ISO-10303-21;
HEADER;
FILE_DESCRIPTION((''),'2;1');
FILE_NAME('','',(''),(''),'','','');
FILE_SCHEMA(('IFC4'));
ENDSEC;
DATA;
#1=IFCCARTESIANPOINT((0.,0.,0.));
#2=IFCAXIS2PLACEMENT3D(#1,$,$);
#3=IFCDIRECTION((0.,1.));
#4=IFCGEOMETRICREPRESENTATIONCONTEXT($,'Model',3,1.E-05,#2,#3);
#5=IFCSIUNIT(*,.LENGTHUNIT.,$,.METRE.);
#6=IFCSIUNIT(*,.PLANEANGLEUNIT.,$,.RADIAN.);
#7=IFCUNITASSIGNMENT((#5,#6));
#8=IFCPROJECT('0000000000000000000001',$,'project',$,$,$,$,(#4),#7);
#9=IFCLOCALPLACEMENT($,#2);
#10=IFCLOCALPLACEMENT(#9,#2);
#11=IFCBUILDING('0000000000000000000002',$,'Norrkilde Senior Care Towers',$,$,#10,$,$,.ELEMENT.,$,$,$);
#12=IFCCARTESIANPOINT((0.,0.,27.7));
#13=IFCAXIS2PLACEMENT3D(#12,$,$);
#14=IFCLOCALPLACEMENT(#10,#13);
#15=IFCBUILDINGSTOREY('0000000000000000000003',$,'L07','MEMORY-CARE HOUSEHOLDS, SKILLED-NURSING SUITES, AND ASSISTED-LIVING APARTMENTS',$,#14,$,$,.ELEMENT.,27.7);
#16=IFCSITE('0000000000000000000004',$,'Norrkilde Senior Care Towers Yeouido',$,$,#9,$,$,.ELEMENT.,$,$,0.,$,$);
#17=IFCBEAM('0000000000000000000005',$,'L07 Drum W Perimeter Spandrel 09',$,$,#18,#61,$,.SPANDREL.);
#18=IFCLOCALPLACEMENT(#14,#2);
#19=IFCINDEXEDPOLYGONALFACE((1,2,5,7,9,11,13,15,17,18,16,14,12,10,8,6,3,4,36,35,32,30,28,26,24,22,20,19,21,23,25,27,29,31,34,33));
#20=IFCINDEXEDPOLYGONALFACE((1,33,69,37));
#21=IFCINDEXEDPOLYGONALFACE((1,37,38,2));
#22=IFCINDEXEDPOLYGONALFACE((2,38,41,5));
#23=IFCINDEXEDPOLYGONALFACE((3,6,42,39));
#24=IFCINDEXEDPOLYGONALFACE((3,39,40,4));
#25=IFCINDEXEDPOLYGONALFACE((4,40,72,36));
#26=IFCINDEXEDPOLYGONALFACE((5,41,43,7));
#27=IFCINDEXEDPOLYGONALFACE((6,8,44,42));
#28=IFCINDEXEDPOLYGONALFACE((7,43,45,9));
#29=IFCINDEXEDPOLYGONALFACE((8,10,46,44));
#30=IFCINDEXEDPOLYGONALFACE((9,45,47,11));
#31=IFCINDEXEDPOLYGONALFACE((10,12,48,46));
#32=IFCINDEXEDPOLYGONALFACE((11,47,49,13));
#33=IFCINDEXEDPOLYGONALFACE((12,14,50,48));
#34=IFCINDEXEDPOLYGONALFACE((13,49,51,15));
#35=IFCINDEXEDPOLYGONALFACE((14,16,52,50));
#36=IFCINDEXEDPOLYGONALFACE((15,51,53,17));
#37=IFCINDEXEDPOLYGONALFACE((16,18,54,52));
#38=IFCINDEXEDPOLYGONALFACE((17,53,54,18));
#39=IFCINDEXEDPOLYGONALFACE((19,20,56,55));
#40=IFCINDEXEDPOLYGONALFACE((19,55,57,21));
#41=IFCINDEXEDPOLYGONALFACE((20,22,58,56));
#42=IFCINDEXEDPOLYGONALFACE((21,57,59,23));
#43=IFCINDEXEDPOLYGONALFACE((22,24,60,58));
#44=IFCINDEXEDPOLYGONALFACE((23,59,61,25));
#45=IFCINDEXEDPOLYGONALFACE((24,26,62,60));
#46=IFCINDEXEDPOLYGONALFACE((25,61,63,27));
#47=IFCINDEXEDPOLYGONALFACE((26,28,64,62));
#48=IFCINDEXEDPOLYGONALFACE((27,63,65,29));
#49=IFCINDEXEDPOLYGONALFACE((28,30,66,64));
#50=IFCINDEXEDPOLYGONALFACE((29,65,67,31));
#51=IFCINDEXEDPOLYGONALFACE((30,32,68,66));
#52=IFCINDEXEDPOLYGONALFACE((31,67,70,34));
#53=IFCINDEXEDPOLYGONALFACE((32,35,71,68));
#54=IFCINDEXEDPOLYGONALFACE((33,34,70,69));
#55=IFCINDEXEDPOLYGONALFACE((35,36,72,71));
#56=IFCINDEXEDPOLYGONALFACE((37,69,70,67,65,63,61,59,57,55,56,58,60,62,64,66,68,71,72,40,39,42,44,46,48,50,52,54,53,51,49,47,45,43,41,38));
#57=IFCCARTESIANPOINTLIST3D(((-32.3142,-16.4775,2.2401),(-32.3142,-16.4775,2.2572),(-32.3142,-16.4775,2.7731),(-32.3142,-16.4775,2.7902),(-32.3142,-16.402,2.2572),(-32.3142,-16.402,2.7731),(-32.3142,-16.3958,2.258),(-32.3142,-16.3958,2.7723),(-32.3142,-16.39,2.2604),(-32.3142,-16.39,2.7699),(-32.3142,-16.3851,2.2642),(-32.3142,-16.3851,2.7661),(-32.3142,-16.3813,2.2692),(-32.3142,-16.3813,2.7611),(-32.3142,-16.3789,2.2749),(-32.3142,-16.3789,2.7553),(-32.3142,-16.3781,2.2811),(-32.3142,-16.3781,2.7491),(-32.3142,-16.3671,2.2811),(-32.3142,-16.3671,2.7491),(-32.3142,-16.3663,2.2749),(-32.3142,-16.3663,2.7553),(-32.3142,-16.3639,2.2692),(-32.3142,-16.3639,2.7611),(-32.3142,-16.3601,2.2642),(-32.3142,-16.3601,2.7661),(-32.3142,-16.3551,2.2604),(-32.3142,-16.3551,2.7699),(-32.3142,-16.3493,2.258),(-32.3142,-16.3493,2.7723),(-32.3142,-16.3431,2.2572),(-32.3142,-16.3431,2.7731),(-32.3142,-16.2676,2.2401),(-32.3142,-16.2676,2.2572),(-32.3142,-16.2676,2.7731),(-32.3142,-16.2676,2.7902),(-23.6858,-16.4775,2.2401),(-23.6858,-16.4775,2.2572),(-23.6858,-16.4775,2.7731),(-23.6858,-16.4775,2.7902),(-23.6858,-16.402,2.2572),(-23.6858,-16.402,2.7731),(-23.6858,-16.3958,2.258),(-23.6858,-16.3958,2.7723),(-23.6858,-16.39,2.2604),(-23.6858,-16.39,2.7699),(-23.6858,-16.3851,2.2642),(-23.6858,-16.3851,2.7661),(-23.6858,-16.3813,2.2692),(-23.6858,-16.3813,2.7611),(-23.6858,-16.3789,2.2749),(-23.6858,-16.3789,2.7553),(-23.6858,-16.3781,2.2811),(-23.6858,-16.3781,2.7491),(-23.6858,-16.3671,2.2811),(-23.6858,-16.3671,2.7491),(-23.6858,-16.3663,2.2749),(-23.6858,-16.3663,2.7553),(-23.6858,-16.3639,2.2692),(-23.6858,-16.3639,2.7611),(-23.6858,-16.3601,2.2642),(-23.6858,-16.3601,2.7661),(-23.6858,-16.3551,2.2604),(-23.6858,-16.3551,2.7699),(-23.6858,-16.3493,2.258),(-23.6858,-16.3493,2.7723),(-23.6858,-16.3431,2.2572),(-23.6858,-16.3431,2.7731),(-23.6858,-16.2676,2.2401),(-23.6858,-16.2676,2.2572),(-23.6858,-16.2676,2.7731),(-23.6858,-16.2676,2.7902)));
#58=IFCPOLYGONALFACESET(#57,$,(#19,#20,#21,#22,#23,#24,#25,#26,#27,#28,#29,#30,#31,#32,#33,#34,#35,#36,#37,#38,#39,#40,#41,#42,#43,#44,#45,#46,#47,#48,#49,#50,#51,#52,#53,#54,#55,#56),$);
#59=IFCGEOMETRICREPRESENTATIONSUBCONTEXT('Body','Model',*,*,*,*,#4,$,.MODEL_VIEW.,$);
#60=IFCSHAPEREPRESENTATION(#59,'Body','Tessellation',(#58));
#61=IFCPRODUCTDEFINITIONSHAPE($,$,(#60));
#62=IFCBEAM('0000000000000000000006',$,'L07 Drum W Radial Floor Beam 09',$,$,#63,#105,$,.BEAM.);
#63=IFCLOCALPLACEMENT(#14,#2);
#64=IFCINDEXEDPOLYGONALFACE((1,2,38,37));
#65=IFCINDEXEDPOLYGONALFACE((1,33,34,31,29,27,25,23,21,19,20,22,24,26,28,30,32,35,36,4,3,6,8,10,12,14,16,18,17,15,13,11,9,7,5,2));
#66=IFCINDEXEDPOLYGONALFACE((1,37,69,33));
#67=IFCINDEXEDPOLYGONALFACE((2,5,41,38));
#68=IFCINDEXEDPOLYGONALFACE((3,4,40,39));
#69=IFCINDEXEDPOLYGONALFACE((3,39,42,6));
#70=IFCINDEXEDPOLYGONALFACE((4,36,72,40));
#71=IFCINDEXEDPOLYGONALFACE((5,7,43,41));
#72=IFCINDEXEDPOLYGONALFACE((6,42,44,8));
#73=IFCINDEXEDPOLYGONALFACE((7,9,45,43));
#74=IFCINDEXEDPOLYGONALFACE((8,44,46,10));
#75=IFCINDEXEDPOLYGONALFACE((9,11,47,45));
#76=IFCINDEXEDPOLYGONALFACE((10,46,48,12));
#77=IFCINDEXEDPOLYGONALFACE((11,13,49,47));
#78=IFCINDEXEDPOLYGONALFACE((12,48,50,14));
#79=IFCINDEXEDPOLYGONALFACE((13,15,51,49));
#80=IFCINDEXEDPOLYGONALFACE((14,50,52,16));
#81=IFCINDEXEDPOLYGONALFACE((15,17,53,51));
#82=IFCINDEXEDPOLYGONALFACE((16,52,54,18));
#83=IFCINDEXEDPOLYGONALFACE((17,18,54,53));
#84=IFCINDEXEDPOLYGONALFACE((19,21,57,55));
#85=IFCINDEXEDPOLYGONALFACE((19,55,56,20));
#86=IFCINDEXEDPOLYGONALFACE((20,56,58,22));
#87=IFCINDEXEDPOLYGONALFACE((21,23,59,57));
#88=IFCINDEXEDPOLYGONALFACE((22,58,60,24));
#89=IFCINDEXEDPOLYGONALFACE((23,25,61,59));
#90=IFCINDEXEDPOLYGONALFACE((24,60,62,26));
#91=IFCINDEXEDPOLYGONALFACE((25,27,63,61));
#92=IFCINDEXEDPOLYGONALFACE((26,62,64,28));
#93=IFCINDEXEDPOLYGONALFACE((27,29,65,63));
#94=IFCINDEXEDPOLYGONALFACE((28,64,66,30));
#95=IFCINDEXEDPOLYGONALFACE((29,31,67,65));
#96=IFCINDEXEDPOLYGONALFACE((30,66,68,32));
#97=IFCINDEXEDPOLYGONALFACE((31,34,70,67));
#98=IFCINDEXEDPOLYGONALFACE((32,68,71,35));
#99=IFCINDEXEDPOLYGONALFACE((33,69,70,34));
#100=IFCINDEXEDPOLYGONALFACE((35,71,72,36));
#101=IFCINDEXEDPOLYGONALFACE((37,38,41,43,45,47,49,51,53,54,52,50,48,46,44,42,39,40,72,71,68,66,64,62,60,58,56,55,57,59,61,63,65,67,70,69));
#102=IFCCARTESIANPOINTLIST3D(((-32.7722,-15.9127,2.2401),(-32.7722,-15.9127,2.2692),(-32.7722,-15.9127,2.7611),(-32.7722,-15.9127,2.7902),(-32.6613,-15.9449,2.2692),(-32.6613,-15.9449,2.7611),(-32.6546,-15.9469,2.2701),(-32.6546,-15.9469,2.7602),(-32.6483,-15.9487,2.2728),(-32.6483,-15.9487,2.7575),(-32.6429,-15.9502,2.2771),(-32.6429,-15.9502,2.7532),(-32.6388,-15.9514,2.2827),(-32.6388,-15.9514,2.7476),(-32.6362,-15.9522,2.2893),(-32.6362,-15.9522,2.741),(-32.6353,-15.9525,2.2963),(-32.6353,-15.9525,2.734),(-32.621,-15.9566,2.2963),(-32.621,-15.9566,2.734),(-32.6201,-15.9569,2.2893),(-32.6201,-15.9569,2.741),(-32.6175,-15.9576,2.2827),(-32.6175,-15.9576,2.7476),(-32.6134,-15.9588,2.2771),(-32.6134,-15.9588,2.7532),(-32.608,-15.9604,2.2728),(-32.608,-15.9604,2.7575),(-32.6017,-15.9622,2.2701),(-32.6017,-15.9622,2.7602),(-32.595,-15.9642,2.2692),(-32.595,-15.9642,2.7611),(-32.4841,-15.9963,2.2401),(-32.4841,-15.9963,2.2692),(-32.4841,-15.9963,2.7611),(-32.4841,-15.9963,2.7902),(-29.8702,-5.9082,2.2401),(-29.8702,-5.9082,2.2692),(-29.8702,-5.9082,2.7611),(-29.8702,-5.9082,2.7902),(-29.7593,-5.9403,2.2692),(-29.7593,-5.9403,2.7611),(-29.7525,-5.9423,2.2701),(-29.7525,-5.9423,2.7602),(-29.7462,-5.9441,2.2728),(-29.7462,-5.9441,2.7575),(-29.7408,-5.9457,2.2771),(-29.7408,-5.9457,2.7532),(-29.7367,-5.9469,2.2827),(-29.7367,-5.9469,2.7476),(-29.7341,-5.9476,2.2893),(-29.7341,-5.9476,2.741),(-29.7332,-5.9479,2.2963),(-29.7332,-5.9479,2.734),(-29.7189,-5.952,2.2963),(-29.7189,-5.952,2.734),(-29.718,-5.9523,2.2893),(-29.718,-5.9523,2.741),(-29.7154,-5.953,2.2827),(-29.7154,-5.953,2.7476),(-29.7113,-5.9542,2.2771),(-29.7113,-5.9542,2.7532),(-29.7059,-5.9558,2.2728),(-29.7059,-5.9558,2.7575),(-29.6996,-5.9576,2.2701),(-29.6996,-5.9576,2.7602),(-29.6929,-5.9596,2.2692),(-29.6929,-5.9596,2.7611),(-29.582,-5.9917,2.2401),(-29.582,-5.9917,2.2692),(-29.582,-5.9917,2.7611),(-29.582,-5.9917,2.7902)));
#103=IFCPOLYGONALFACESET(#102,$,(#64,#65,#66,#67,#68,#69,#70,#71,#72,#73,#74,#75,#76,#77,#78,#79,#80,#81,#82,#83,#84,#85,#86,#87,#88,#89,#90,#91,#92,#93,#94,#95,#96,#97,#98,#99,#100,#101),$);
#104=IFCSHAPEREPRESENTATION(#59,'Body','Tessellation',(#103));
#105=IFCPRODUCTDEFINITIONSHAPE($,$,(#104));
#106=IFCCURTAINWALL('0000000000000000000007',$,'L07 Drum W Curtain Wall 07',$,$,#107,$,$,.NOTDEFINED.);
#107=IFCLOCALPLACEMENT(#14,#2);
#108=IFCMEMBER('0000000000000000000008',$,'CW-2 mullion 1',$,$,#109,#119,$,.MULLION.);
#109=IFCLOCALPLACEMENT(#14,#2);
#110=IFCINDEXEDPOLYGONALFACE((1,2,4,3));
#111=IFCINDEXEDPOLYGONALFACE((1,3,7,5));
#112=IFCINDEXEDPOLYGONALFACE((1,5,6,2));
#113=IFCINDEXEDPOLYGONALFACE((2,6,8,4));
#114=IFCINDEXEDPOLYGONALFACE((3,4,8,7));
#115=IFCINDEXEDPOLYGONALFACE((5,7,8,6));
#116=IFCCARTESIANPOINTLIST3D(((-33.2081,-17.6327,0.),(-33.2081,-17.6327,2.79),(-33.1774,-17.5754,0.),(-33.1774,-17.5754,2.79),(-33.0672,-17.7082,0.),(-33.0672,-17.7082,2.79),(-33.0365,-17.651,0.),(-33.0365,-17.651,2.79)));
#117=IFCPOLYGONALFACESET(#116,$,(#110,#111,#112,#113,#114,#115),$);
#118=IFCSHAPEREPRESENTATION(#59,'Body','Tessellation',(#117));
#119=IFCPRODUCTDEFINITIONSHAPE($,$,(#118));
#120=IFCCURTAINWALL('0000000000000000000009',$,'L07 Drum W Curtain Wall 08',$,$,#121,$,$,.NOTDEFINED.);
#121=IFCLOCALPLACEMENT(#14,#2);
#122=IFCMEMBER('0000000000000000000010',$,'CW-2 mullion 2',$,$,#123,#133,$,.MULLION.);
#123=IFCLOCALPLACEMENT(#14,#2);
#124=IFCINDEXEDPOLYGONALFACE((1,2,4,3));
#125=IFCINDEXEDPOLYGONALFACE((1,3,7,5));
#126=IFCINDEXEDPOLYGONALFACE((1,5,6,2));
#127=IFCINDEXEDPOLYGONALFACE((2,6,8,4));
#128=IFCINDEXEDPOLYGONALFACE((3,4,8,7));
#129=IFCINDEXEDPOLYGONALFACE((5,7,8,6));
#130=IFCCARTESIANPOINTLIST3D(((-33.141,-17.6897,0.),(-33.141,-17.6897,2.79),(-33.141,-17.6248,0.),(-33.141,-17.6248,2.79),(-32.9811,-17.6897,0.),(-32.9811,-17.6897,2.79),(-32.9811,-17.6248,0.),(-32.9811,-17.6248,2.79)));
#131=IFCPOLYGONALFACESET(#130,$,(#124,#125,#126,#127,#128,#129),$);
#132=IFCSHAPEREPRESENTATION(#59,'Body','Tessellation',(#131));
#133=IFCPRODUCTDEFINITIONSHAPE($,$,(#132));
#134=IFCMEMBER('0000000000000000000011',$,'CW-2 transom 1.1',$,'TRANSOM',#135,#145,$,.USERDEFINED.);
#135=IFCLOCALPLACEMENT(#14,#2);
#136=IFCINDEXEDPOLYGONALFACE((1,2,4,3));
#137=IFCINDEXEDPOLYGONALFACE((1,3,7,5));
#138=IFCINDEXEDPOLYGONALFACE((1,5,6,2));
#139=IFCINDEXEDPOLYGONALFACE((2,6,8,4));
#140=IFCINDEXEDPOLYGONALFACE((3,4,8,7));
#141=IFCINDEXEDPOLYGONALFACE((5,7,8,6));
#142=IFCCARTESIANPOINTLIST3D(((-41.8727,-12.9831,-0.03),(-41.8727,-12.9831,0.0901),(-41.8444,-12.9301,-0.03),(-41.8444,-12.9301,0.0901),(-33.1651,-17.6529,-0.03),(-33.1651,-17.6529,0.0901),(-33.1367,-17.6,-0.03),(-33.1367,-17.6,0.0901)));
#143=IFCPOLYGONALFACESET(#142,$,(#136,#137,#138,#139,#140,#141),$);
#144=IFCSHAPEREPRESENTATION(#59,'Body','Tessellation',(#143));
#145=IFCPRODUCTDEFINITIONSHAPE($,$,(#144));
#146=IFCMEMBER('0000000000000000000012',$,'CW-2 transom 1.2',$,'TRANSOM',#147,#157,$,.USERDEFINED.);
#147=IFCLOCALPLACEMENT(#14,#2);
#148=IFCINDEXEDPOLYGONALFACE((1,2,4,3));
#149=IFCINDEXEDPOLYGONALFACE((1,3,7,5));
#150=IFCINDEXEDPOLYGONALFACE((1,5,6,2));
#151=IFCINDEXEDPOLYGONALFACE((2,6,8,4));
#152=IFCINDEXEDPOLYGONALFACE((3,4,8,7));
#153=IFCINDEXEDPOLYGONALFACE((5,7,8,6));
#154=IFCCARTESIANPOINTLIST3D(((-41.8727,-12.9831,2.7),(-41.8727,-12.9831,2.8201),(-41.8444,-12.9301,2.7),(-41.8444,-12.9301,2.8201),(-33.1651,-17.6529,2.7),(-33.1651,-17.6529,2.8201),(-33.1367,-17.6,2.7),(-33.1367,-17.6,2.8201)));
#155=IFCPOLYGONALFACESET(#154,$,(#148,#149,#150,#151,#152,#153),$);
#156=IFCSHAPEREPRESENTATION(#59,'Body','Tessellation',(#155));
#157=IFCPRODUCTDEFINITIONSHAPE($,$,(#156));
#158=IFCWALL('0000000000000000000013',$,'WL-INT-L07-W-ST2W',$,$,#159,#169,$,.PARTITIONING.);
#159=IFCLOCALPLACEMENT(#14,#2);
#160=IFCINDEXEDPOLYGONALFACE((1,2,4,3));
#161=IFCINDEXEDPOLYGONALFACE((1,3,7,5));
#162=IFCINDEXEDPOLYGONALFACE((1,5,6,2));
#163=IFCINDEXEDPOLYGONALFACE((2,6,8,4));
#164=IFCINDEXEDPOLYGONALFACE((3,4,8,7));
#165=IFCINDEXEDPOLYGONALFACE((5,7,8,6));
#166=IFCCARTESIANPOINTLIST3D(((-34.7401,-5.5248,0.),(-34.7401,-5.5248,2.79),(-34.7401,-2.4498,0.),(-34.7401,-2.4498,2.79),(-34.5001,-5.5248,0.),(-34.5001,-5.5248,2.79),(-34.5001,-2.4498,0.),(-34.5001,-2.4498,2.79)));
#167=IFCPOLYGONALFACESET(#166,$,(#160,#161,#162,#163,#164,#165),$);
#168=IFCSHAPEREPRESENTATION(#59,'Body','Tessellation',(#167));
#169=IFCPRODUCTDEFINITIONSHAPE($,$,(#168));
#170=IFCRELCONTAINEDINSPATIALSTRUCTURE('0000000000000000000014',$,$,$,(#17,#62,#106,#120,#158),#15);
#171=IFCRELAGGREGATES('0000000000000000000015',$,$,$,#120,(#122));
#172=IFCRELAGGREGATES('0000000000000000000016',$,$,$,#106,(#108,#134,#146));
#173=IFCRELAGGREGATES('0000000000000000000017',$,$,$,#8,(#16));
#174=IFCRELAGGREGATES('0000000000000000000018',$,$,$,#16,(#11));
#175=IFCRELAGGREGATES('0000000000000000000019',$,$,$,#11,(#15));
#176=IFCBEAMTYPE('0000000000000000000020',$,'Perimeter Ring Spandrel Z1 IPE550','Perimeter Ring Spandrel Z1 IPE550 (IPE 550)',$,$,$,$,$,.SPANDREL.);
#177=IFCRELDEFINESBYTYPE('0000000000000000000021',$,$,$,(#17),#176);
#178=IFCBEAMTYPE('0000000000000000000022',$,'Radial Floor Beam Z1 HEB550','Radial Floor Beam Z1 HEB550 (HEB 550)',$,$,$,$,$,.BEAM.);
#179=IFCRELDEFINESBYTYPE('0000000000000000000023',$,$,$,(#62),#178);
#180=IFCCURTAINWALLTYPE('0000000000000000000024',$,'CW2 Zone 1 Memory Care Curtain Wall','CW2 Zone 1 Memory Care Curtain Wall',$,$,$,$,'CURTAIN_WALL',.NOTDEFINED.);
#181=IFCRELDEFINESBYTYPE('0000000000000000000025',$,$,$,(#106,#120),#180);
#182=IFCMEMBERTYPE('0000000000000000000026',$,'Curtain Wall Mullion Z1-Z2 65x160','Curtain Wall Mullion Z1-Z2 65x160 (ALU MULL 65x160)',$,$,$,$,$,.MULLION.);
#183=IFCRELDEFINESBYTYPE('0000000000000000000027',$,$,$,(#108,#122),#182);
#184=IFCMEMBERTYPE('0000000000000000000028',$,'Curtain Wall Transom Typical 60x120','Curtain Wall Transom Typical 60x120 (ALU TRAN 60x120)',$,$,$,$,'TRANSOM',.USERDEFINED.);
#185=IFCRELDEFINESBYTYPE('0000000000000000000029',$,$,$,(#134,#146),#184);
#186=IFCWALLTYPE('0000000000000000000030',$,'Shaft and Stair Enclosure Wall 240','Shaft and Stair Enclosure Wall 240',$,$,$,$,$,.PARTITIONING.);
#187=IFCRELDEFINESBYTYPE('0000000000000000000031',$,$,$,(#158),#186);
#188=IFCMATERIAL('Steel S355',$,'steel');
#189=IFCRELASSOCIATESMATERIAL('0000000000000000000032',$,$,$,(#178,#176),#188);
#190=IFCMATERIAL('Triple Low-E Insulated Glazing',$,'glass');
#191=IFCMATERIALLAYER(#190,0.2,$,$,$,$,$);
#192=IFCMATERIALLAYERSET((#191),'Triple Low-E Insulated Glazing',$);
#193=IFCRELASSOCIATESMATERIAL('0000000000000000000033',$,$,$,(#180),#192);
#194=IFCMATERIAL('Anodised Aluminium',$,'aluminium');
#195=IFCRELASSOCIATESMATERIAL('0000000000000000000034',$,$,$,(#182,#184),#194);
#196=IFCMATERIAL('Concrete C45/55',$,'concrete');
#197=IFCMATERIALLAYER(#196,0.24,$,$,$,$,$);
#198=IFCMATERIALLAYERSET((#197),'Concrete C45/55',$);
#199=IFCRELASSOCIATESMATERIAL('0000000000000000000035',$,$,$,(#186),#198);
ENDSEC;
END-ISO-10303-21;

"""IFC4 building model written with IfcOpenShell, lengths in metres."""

from ifc_helpers import new_model, si_unit, direction, frame, frame_2d, origin, origin_2d, place, context, subcontext, project, spatial, rectangle, i_section, extrude, source, transform, mapped, material, layer, layer_set, material_profile, profile_set, type_object, type_shapes, element, aggregate, save


model = new_model("IFC4")

# Units and contexts
model_context = context("Model", 3, precision=1e-05, world=origin(), true_north=direction((0.0, 1.0)))
body_context = subcontext(model_context, "Body", "Model", "MODEL_VIEW")
ifc_project = project(units=[si_unit("LENGTHUNIT", "METRE"), si_unit("PLANEANGLEUNIT", "RADIAN")], contexts=[model_context])

# Site, building, storey
site_placement = place(None, origin())
site = spatial("IfcSite", under=ifc_project, at=site_placement, Name="Norrkilde Senior Care Towers Yeouido", CompositionType="ELEMENT", RefElevation=0.0)
building_placement = place(site_placement, origin())
building = spatial("IfcBuilding", under=site, at=building_placement, Name="Norrkilde Senior Care Towers", CompositionType="ELEMENT")
storey_placement = place(building_placement, frame((0.0, 0.0, 27.7)))
storey = spatial("IfcBuildingStorey", under=building, at=storey_placement, Name="L07", Description="MEMORY-CARE HOUSEHOLDS, SKILLED-NURSING SUITES, AND ASSISTED-LIVING APARTMENTS", CompositionType="ELEMENT", Elevation=27.7)

# Beams
ifc_material_1 = material(Name="Steel S355", Category="steel")
ifc_material_profile_1 = material_profile(ifc_material_1, i_section(OverallWidth=0.3, OverallDepth=0.55, WebThickness=0.0149, FlangeThickness=0.0291, FilletRadius=0.0271, at=origin_2d()), Name="HEB 550")
ifc_profile_set_1 = profile_set([ifc_material_profile_1], Name="Steel S355")
beam_type_1 = type_object("IfcBeamType", Name="Radial Floor Beam Z1 HEB550", Description="Radial Floor Beam Z1 HEB550 (HEB 550)", PredefinedType="BEAM", material=ifc_profile_set_1)
ifc_material_profile_2 = material_profile(ifc_material_1, i_section(OverallWidth=0.21, OverallDepth=0.55, WebThickness=0.011, FlangeThickness=0.0171, FilletRadius=0.0239, at=origin_2d()), Name="IPE 550")
ifc_profile_set_2 = profile_set([ifc_material_profile_2], Name="Steel S355")
beam_type_2 = type_object("IfcBeamType", Name="Perimeter Ring Spandrel Z1 IPE550", Description="Perimeter Ring Spandrel Z1 IPE550 (IPE 550)", PredefinedType="SPANDREL", material=ifc_profile_set_2)
shared_shape_1 = source(origin(), body_context, "Body", "SweptSolid", [
    extrude(i_section(OverallWidth=0.21, OverallDepth=0.55, WebThickness=0.011, FlangeThickness=0.0171, FilletRadius=0.0239, at=origin_2d()), origin(), (0.0, 0.0, 1.0), 8.6284),
])
type_shapes(beam_type_2, [shared_shape_1])
beam_1_placement = place(storey_placement, frame((-32.3142, -16.3726, 2.5151), z_axis=(1.0, 0.0, 0.0), x_axis=(0.0, 1.0, 0.0)))
element("IfcBeam", 1, at=beam_1_placement, inside=storey, type_object=beam_type_2, Name="L07 Drum W Perimeter Spandrel 09", PredefinedType="SPANDREL", context=body_context, shape_type="MappedRepresentation", body=[
    mapped(shared_shape_1, transform((0.0, 0.0, 0.0), x_axis=(1.0, 0.0, 0.0), y_axis=(0.0, 1.0, 0.0), z_axis=(0.0, 0.0, 1.0), scale=1.0)),
])
shared_shape_2 = source(origin(), body_context, "Body", "SweptSolid", [
    extrude(i_section(OverallWidth=0.3, OverallDepth=0.55, WebThickness=0.0149, FlangeThickness=0.0291, FilletRadius=0.0271, at=origin_2d()), origin(), (0.0, 0.0, 1.0), 10.417),
])
beam_2_placement = place(storey_placement, frame((-29.7261, -5.95, 2.5151), z_axis=(-0.278591, -0.96041, 0.0), x_axis=(0.96041, -0.278591, 0.0)))
element("IfcBeam", 2, at=beam_2_placement, inside=storey, type_object=beam_type_1, Name="L07 Drum W Radial Floor Beam 09", PredefinedType="BEAM", context=body_context, shape_type="MappedRepresentation", body=[
    mapped(shared_shape_2, transform((0.0, 0.0, 0.0), x_axis=(1.0, 0.0, 0.0), y_axis=(0.0, 1.0, 0.0), z_axis=(0.0, 0.0, 1.0), scale=1.0)),
])

# Curtain walls, members
ifc_material_2 = material(Name="Triple Low-E Insulated Glazing", Category="glass")
ifc_layer_1 = layer(ifc_material_2, 0.2)
ifc_layer_set_1 = layer_set([ifc_layer_1], Name="Triple Low-E Insulated Glazing")
curtain_wall_type = type_object("IfcCurtainWallType", Name="CW2 Zone 1 Memory Care Curtain Wall", Description="CW2 Zone 1 Memory Care Curtain Wall", ElementType="CURTAIN_WALL", PredefinedType="NOTDEFINED", material=ifc_layer_set_1)
curtain_wall_1_placement = place(storey_placement, origin())
curtain_wall_1 = element("IfcCurtainWall", 3, at=curtain_wall_1_placement, inside=storey, type_object=curtain_wall_type, Name="L07 Drum W Curtain Wall 07", PredefinedType="NOTDEFINED")
ifc_material_3 = material(Name="Anodised Aluminium", Category="aluminium")
ifc_material_profile_3 = material_profile(ifc_material_3, rectangle(XDim=0.0649, YDim=0.1599, at=origin_2d()), Name="ALU MULL 65x160")
ifc_profile_set_3 = profile_set([ifc_material_profile_3], Name="Anodised Aluminium")
member_type_1 = type_object("IfcMemberType", Name="Curtain Wall Mullion Z1-Z2 65x160", Description="Curtain Wall Mullion Z1-Z2 65x160 (ALU MULL 65x160)", PredefinedType="MULLION", material=ifc_profile_set_3)
shared_shape_3 = source(origin(), body_context, "Body", "SweptSolid", [
    extrude(rectangle(XDim=0.0649, YDim=0.1599, at=origin_2d()), origin(), (0.0, 0.0, 1.0), 2.79),
])
type_shapes(member_type_1, [shared_shape_3])
member_1_placement = place(storey_placement, frame((-33.1223, -17.6418, 0.0), z_axis=(0.0, 0.0, 1.0), x_axis=(-0.472608, -0.881273, 0.0)))
member_1 = element("IfcMember", 4, at=member_1_placement, type_object=member_type_1, Name="CW-2 mullion 1", PredefinedType="MULLION", context=body_context, shape_type="MappedRepresentation", body=[
    mapped(shared_shape_3, transform((0.0, 0.0, 0.0), x_axis=(1.0, 0.0, 0.0), y_axis=(0.0, 1.0, 0.0), z_axis=(0.0, 0.0, 1.0), scale=1.0)),
])
curtain_wall_2_placement = place(storey_placement, origin())
curtain_wall_2 = element("IfcCurtainWall", 5, at=curtain_wall_2_placement, inside=storey, type_object=curtain_wall_type, Name="L07 Drum W Curtain Wall 08", PredefinedType="NOTDEFINED")
member_2_placement = place(storey_placement, frame((-33.061, -17.6572, 0.0), z_axis=(0.0, 0.0, 1.0), x_axis=(0.0, -1.0, 0.0)))
member_2 = element("IfcMember", 6, at=member_2_placement, type_object=member_type_1, Name="CW-2 mullion 2", PredefinedType="MULLION", context=body_context, shape_type="MappedRepresentation", body=[
    mapped(shared_shape_3, transform((0.0, 0.0, 0.0), x_axis=(1.0, 0.0, 0.0), y_axis=(0.0, 1.0, 0.0), z_axis=(0.0, 0.0, 1.0), scale=1.0)),
])
aggregate(curtain_wall_2, [member_2])

# Members
ifc_material_profile_4 = material_profile(ifc_material_3, rectangle(XDim=0.0601, YDim=0.1201, at=origin_2d()), Name="ALU TRAN 60x120")
ifc_profile_set_4 = profile_set([ifc_material_profile_4], Name="Anodised Aluminium")
member_type_2 = type_object("IfcMemberType", Name="Curtain Wall Transom Typical 60x120", Description="Curtain Wall Transom Typical 60x120 (ALU TRAN 60x120)", ElementType="TRANSOM", PredefinedType="USERDEFINED", material=ifc_profile_set_4)
shared_shape_4 = source(origin(), body_context, "Body", "SweptSolid", [
    extrude(rectangle(XDim=0.0601, YDim=0.1201, at=origin_2d()), origin(), (0.0, 0.0, 1.0), 9.8809),
])
type_shapes(member_type_2, [shared_shape_4])
member_3_placement = place(storey_placement, frame((-33.1509, -17.6265, 0.03), z_axis=(-0.881267, 0.472618, 0.0), x_axis=(-0.472618, -0.881267, 0.0)))
member_3 = element("IfcMember", 7, at=member_3_placement, type_object=member_type_2, Name="CW-2 transom 1.1", ObjectType="TRANSOM", PredefinedType="USERDEFINED", context=body_context, shape_type="MappedRepresentation", body=[
    mapped(shared_shape_4, transform((0.0, 0.0, 0.0), x_axis=(1.0, 0.0, 0.0), y_axis=(0.0, 1.0, 0.0), z_axis=(0.0, 0.0, 1.0), scale=1.0)),
])
member_4_placement = place(storey_placement, frame((-33.1509, -17.6265, 2.76), z_axis=(-0.881267, 0.472618, 0.0), x_axis=(-0.472618, -0.881267, 0.0)))
member_4 = element("IfcMember", 8, at=member_4_placement, type_object=member_type_2, Name="CW-2 transom 1.2", ObjectType="TRANSOM", PredefinedType="USERDEFINED", context=body_context, shape_type="MappedRepresentation", body=[
    mapped(shared_shape_4, transform((0.0, 0.0, 0.0), x_axis=(1.0, 0.0, 0.0), y_axis=(0.0, 1.0, 0.0), z_axis=(0.0, 0.0, 1.0), scale=1.0)),
])
aggregate(curtain_wall_1, [member_1, member_3, member_4])

# Shared definitions
ifc_material_4 = material(Name="Concrete C45/55", Category="concrete")
ifc_layer_2 = layer(ifc_material_4, 0.24)
ifc_layer_set_2 = layer_set([ifc_layer_2], Name="Concrete C45/55")
wall_type_1 = type_object("IfcWallType", Name="Shaft and Stair Enclosure Wall 240", Description="Shaft and Stair Enclosure Wall 240", PredefinedType="PARTITIONING", material=ifc_layer_set_2)

# Wall
shared_shape_5 = source(origin(), body_context, "Body", "SweptSolid", [
    extrude(rectangle(XDim=3.075, YDim=0.24, at=frame_2d((1.5376, 0.0))), origin(), (0.0, 0.0, 1.0), 2.79),
])
wall_1_placement = place(storey_placement, frame((-34.6201, -5.5249, 0.0), z_axis=(0.0, 0.0, 1.0), x_axis=(0.0, 1.0, 0.0)))
element("IfcWall", 9, at=wall_1_placement, inside=storey, type_object=wall_type_1, Name="WL-INT-L07-W-ST2W", PredefinedType="PARTITIONING", context=body_context, shape_type="MappedRepresentation", body=[
    mapped(shared_shape_5, transform((0.0, 0.0, 0.0), x_axis=(1.0, 0.0, 0.0), y_axis=(0.0, 1.0, 0.0), z_axis=(0.0, 0.0, 1.0), scale=1.0)),
])

save(model, "model.ifc")
